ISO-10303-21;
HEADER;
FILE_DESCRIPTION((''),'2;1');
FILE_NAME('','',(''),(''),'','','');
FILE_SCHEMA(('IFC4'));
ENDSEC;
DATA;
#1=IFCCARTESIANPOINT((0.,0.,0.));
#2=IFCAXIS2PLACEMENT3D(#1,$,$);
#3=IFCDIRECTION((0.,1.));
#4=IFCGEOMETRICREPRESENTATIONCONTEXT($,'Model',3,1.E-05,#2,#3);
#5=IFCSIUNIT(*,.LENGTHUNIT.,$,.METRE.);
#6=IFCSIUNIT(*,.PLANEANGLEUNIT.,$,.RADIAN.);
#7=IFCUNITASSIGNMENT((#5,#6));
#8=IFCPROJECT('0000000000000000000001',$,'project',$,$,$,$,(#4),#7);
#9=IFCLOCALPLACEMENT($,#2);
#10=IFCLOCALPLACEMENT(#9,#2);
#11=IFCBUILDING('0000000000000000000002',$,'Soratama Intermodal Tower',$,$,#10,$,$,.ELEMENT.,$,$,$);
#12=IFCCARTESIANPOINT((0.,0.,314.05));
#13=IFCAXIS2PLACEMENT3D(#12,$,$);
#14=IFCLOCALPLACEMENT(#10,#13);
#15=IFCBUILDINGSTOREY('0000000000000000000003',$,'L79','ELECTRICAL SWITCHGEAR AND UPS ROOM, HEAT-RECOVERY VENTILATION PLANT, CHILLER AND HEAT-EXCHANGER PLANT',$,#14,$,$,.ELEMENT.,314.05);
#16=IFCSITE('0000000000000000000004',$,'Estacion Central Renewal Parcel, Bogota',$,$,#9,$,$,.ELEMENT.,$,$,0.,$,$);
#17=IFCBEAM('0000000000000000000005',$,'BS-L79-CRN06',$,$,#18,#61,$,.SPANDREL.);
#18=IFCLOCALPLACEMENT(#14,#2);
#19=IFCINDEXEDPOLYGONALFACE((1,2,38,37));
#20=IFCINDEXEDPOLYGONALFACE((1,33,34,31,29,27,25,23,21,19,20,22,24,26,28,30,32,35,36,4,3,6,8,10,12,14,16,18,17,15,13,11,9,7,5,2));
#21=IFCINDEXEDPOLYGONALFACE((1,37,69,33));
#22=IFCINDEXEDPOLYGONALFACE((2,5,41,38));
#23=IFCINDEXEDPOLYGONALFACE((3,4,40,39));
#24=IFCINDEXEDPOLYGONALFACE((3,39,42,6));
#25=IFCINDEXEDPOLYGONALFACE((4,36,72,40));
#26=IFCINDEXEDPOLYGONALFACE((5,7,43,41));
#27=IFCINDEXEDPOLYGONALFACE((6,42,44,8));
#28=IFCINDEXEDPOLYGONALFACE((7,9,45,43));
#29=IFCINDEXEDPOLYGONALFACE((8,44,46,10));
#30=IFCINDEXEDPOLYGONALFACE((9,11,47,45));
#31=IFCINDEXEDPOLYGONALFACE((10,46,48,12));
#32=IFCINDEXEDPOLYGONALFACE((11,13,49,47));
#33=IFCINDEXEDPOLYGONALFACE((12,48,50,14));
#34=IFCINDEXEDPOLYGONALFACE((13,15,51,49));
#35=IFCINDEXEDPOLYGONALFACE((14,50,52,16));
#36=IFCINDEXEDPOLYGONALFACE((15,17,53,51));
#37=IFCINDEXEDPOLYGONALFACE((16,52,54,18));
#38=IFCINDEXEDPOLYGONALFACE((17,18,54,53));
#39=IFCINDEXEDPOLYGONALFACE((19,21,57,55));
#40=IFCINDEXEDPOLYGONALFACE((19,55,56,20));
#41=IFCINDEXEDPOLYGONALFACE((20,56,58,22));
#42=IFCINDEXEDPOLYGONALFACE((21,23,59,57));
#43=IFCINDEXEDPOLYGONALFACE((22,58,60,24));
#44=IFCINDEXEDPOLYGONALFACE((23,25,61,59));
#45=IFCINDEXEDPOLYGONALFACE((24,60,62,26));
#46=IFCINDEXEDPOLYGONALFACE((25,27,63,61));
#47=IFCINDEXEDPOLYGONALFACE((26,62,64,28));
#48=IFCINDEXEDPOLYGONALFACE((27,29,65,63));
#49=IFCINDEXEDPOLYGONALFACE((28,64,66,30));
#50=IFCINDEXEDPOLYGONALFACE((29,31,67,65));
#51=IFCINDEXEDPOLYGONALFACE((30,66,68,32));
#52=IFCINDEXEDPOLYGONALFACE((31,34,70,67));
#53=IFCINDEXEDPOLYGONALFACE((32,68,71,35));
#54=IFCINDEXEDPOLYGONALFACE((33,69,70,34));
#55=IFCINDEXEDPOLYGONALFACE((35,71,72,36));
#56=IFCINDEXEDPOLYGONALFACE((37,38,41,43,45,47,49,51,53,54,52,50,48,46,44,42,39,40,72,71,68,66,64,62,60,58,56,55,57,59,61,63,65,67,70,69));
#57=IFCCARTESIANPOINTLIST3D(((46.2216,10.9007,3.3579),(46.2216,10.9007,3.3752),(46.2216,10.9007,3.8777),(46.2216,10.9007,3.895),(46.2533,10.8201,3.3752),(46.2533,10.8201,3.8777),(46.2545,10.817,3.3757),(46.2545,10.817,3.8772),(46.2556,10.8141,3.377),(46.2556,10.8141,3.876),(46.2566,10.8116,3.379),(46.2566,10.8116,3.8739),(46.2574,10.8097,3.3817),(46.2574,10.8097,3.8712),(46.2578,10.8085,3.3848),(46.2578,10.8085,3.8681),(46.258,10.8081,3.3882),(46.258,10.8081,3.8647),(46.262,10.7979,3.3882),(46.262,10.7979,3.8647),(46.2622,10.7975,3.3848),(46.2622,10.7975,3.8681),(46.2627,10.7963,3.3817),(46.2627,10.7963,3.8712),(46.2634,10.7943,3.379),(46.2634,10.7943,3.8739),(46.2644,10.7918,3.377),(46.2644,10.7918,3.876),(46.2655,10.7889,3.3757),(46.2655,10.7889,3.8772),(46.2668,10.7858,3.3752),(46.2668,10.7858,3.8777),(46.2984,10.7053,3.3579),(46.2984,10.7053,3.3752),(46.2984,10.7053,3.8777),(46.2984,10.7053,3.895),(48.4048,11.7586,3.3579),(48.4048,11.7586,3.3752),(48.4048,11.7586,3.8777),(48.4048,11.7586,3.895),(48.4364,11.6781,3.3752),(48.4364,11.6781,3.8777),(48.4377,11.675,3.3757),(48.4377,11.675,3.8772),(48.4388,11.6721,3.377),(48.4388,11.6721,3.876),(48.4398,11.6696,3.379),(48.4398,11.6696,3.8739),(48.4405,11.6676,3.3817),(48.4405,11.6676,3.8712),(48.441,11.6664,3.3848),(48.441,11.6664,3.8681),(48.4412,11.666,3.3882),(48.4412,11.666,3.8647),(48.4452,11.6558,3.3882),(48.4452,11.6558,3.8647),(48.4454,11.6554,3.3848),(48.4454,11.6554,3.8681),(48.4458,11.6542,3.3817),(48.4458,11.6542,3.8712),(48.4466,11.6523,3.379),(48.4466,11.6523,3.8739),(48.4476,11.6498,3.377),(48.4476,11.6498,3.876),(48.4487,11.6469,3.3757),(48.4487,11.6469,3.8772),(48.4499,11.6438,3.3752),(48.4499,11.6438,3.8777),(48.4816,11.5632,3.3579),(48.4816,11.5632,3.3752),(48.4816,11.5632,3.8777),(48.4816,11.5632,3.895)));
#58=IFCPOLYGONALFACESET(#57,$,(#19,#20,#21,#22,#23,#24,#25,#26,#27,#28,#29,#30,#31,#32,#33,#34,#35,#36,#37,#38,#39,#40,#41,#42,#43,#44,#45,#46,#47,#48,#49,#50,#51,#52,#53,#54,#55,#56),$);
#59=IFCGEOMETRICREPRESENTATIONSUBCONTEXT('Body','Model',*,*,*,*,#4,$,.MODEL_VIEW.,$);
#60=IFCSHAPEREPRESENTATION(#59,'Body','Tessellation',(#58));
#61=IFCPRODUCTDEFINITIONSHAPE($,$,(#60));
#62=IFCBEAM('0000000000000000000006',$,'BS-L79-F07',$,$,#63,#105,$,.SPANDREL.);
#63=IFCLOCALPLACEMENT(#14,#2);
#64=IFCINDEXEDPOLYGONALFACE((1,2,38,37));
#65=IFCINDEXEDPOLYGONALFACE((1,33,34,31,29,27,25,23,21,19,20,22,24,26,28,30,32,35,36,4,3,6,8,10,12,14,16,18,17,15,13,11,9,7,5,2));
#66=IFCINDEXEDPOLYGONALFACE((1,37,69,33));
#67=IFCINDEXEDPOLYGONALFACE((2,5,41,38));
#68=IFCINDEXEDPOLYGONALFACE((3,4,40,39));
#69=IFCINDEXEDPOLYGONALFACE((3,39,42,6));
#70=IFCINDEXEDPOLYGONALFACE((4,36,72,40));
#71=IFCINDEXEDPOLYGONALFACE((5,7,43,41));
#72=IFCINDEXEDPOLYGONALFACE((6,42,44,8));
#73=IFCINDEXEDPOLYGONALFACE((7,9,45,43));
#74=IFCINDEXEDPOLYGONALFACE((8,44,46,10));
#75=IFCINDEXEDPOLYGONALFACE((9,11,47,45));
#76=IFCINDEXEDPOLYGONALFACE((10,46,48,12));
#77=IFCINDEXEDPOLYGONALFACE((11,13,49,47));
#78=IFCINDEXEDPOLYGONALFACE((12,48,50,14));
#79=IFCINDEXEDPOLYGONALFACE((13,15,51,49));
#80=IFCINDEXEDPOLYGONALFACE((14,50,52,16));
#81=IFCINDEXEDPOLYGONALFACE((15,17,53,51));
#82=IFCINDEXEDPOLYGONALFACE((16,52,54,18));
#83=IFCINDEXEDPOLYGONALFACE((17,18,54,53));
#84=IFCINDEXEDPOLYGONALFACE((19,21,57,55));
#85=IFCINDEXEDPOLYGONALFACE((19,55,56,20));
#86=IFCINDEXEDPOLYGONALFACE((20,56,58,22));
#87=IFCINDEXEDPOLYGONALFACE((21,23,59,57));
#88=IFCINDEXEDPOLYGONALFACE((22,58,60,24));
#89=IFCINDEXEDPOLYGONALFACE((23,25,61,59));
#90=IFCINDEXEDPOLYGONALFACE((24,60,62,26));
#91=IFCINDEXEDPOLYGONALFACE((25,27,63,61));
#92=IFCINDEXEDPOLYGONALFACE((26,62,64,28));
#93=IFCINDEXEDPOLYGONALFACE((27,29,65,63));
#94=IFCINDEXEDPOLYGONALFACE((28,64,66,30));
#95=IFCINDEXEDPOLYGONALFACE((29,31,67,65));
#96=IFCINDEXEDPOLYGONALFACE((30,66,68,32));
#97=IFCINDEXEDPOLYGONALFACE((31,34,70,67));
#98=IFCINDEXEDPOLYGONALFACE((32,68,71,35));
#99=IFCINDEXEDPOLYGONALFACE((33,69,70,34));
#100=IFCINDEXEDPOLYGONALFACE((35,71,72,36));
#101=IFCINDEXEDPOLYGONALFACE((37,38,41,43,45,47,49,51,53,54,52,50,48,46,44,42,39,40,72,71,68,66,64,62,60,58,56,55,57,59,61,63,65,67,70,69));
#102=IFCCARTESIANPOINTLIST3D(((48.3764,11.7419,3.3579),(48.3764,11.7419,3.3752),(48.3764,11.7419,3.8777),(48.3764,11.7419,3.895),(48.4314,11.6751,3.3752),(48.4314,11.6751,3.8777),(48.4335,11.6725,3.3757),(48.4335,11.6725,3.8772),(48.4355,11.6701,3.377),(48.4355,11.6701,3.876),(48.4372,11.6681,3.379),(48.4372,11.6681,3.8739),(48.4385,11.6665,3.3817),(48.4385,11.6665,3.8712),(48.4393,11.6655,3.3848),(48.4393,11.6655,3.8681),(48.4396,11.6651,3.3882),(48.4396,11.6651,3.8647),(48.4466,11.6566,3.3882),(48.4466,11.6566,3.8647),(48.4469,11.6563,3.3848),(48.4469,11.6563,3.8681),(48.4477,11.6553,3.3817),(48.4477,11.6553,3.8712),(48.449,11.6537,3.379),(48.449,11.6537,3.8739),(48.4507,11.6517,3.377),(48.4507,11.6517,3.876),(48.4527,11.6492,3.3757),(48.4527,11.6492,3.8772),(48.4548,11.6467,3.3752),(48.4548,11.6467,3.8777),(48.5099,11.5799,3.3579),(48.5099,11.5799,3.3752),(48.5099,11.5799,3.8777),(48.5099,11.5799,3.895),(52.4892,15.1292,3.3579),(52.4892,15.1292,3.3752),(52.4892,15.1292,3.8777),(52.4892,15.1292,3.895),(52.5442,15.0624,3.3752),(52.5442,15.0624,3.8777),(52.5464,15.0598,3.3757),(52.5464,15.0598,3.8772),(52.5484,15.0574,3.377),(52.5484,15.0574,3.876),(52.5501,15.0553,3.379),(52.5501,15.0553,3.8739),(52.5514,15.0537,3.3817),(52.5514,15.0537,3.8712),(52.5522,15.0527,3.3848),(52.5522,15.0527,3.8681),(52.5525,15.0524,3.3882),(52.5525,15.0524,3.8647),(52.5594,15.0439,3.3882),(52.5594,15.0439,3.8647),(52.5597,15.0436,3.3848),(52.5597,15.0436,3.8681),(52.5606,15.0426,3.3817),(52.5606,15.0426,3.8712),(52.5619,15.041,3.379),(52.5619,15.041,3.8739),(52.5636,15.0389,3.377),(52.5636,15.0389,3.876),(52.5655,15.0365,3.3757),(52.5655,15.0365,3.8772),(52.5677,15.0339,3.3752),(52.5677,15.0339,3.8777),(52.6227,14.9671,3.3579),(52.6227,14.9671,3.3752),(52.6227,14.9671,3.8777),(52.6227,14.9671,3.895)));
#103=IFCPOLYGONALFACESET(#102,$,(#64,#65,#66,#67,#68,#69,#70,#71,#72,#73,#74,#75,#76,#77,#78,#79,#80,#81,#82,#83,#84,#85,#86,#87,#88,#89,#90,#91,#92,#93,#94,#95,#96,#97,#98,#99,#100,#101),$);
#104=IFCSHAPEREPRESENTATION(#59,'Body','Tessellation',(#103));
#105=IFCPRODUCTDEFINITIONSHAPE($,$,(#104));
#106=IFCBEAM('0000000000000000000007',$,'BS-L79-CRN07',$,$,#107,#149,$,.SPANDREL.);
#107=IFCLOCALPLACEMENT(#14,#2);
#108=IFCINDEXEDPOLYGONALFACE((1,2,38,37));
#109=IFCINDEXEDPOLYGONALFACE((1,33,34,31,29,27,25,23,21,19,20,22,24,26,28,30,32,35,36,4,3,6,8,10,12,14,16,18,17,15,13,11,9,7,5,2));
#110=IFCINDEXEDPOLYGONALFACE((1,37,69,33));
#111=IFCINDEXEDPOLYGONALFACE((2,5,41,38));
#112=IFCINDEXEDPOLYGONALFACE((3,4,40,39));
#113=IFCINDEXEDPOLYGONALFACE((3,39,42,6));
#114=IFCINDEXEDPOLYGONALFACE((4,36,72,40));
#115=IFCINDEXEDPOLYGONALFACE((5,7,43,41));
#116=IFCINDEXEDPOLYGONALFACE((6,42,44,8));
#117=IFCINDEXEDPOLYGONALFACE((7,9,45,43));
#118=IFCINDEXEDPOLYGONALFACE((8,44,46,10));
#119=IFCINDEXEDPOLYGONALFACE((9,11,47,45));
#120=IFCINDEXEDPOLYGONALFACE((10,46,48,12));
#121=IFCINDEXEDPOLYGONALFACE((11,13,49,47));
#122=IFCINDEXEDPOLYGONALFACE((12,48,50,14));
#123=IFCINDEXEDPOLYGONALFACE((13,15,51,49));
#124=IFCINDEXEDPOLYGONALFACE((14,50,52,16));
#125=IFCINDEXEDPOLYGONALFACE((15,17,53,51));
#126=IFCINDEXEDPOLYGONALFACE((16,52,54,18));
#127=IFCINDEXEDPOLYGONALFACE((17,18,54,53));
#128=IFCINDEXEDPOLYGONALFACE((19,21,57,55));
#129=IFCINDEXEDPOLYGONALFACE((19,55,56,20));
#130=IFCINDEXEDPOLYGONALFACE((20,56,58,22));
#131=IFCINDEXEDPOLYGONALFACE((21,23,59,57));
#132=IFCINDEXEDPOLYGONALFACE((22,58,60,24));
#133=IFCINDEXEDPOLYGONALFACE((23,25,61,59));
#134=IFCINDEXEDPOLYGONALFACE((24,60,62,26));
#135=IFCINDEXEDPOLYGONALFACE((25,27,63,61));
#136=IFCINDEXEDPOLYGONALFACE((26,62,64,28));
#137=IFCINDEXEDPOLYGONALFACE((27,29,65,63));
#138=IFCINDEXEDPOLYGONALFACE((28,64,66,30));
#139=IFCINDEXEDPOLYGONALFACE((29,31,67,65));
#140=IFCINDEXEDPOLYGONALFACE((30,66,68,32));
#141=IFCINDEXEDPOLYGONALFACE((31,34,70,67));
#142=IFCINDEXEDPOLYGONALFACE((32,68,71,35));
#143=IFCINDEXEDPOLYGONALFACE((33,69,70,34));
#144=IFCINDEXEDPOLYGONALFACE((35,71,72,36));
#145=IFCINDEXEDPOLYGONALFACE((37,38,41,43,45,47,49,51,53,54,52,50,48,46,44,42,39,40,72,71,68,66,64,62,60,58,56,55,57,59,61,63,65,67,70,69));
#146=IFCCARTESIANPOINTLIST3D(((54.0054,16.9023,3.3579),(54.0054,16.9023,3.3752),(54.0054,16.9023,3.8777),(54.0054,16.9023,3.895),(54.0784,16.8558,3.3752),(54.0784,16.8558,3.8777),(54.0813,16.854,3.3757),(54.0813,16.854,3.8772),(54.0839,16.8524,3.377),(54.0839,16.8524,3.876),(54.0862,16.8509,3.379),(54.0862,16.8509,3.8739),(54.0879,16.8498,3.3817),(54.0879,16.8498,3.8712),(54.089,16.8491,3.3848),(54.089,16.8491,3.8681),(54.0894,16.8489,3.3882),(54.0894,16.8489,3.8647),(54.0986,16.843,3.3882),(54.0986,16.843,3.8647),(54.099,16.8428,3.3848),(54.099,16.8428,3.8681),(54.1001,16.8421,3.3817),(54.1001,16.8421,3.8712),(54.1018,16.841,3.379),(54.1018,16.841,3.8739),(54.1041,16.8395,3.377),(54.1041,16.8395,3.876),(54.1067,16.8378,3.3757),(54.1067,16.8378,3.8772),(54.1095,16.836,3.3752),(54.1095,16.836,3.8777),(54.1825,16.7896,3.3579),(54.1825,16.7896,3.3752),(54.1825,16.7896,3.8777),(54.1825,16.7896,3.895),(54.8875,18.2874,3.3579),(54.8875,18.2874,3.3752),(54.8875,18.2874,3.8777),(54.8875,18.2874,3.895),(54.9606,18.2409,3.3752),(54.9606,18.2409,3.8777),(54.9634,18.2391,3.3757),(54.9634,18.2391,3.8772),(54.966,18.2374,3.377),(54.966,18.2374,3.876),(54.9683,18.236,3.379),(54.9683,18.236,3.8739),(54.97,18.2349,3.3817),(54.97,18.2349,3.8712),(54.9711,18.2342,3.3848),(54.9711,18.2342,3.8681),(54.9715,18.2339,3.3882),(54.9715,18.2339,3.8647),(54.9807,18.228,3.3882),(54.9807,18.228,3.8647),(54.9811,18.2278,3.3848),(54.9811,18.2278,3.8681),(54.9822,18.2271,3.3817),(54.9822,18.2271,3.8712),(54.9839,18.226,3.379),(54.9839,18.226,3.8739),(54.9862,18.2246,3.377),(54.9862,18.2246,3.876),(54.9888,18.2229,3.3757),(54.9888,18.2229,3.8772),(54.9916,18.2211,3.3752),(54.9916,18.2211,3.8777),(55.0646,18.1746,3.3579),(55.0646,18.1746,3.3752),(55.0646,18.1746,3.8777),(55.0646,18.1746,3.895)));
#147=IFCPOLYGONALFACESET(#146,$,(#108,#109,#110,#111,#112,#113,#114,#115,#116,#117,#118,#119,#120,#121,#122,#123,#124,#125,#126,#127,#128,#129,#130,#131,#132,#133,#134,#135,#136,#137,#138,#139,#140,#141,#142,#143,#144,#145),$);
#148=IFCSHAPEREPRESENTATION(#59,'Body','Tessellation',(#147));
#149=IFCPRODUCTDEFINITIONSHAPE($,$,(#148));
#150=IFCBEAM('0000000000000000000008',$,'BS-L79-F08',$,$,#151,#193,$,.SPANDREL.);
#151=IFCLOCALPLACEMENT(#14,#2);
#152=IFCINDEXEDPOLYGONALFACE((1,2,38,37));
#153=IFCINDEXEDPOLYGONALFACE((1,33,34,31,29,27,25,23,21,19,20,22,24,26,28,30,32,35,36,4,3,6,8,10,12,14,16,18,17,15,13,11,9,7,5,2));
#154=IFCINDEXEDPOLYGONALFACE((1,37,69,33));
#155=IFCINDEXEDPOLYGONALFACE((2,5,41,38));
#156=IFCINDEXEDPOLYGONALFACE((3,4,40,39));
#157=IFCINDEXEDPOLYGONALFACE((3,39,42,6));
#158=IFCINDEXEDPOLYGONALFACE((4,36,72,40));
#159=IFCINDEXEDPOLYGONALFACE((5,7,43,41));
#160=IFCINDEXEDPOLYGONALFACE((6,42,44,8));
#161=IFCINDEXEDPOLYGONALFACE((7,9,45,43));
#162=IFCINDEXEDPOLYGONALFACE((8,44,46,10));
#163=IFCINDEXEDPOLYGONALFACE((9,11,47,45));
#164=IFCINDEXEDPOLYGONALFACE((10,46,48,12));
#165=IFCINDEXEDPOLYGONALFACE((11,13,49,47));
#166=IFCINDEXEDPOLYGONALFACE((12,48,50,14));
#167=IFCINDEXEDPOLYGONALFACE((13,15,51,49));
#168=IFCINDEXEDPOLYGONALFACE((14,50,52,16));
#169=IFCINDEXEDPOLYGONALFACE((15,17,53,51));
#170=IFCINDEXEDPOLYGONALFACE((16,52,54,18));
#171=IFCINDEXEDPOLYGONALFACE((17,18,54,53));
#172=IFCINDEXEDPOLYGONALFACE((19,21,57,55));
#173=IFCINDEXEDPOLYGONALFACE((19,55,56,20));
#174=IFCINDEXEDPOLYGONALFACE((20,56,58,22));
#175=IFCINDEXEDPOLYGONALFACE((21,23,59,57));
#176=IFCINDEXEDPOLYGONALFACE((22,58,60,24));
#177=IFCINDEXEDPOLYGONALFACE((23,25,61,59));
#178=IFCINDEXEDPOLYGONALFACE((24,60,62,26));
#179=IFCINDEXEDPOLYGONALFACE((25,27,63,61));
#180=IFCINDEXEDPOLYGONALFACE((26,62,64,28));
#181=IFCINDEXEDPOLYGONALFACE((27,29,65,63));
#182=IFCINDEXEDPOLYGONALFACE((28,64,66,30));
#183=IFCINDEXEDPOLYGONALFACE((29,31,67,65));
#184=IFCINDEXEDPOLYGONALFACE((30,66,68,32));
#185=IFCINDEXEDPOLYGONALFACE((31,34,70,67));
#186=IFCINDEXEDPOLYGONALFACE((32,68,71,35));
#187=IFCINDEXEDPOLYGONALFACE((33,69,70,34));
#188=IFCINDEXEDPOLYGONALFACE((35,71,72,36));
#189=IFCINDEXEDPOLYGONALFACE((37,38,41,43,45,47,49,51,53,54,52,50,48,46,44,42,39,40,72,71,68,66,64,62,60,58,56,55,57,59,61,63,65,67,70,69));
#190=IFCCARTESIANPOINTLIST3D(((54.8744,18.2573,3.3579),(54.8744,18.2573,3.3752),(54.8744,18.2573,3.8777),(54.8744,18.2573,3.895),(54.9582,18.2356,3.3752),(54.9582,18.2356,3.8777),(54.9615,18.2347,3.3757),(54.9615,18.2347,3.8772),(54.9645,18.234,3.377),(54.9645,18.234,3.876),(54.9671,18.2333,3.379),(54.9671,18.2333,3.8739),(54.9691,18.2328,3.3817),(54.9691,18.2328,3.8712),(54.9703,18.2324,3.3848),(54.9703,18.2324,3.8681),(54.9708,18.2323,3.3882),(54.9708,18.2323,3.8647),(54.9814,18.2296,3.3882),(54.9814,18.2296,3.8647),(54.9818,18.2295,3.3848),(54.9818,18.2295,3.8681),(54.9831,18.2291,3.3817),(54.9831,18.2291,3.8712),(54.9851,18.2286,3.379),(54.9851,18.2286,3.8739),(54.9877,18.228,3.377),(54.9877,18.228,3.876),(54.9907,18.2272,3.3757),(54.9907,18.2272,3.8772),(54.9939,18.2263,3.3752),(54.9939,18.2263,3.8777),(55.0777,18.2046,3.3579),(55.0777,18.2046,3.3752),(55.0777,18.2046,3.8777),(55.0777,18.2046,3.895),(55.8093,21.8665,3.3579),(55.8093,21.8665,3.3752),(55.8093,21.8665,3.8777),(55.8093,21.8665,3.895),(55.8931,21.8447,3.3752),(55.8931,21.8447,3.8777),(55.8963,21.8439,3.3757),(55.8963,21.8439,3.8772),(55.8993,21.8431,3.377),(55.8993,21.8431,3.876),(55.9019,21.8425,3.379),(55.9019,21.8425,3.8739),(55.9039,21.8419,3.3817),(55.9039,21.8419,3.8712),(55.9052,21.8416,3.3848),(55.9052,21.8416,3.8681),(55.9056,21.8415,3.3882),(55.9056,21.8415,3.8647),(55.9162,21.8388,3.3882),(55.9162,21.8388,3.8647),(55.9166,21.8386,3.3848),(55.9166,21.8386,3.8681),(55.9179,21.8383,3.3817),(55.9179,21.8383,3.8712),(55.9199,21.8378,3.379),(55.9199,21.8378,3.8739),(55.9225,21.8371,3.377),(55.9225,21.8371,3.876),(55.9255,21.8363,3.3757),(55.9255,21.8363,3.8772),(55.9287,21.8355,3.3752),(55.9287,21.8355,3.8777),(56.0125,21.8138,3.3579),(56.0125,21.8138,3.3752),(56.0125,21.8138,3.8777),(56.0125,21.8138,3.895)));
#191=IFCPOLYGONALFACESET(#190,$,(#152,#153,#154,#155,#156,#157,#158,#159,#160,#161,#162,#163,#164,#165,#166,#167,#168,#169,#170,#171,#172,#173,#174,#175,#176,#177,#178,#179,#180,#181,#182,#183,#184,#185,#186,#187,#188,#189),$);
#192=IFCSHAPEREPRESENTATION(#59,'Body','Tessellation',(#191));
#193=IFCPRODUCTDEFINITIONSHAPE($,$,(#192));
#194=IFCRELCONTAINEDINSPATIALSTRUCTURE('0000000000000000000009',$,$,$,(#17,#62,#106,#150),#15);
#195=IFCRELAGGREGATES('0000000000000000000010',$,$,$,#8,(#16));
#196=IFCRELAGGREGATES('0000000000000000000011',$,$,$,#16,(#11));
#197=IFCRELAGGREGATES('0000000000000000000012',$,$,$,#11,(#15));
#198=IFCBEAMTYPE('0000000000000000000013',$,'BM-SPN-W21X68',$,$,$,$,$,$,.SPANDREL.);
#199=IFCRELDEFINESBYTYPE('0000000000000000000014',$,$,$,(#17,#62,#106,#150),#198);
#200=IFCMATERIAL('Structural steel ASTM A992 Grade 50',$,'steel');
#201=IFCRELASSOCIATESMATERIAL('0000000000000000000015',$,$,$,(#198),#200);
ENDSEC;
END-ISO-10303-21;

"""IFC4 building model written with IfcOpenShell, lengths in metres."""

from ifc_helpers import new_model, si_unit, direction, frame, origin, origin_2d, place, context, subcontext, project, spatial, i_section, extrude, material, material_profile, profile_set, type_object, element, save


model = new_model("IFC4")

# Units and contexts
model_context = context("Model", 3, precision=1e-05, world=origin(), true_north=direction((0.0, 1.0)))
body_context = subcontext(model_context, "Body", "Model", "MODEL_VIEW")
ifc_project = project(units=[si_unit("LENGTHUNIT", "METRE"), si_unit("PLANEANGLEUNIT", "RADIAN")], contexts=[model_context])

# Site, building, storey
site_placement = place(None, origin())
site = spatial("IfcSite", under=ifc_project, at=site_placement, Name="Estacion Central Renewal Parcel, Bogota", CompositionType="ELEMENT", RefElevation=0.0)
building_placement = place(site_placement, origin())
building = spatial("IfcBuilding", under=site, at=building_placement, Name="Soratama Intermodal Tower", CompositionType="ELEMENT")
storey_placement = place(building_placement, frame((0.0, 0.0, 314.05)))
storey = spatial("IfcBuildingStorey", under=building, at=storey_placement, Name="L79", Description="ELECTRICAL SWITCHGEAR AND UPS ROOM, HEAT-RECOVERY VENTILATION PLANT, CHILLER AND HEAT-EXCHANGER PLANT", CompositionType="ELEMENT", Elevation=314.05)

# Beams
ifc_material_1 = material(Name="Structural steel ASTM A992 Grade 50", Category="steel")
ifc_material_profile_1 = material_profile(ifc_material_1, i_section(OverallWidth=0.21, OverallDepth=0.5371, WebThickness=0.011, FlangeThickness=0.0173, FilletRadius=0.0129, at=origin_2d()), Name="W21X68")
ifc_profile_set_1 = profile_set([ifc_material_profile_1], Name="Structural steel ASTM A992 Grade 50")
beam_type_1 = type_object("IfcBeamType", Name="BM-SPN-W21X68", PredefinedType="SPANDREL", material=ifc_profile_set_1)
beam_1_placement = place(storey_placement, frame((46.26, 10.803, 3.6265), z_axis=(0.930714, 0.365749, 0.0), x_axis=(-0.365749, 0.930714, 0.0)))
element("IfcBeam", 1, at=beam_1_placement, inside=storey, type_object=beam_type_1, Name="BS-L79-CRN06", PredefinedType="SPANDREL", context=body_context, shape_type="SweptSolid", body=[
    extrude(i_section(OverallWidth=0.21, OverallDepth=0.5371, WebThickness=0.011, FlangeThickness=0.0173, FilletRadius=0.0129, at=origin_2d()), origin(), (0.0, 0.0, 1.0), 2.3457),
])
beam_2_placement = place(storey_placement, frame((48.4431, 11.6609, 3.6265), z_axis=(0.771912, 0.63573, 0.0), x_axis=(-0.63573, 0.771912, 0.0)))
element("IfcBeam", 2, at=beam_2_placement, inside=storey, type_object=beam_type_1, Name="BS-L79-F07", PredefinedType="SPANDREL", context=body_context, shape_type="SweptSolid", body=[
    extrude(i_section(OverallWidth=0.21, OverallDepth=0.5371, WebThickness=0.011, FlangeThickness=0.0173, FilletRadius=0.0129, at=origin_2d()), origin(), (0.0, 0.0, 1.0), 5.3281),
])
beam_3_placement = place(storey_placement, frame((54.094, 16.8459, 3.6265), z_axis=(0.537183, 0.843466, 0.0), x_axis=(-0.843466, 0.537183, 0.0)))
element("IfcBeam", 3, at=beam_3_placement, inside=storey, type_object=beam_type_1, Name="BS-L79-CRN07", PredefinedType="SPANDREL", context=body_context, shape_type="SweptSolid", body=[
    extrude(i_section(OverallWidth=0.21, OverallDepth=0.5371, WebThickness=0.011, FlangeThickness=0.0173, FilletRadius=0.0129, at=origin_2d()), origin(), (0.0, 0.0, 1.0), 1.6421),
])
beam_4_placement = place(storey_placement, frame((54.9761, 18.231, 3.6265), z_axis=(0.250739, 0.968055, 0.0), x_axis=(-0.968055, 0.250739, 0.0)))
element("IfcBeam", 4, at=beam_4_placement, inside=storey, type_object=beam_type_1, Name="BS-L79-F08", PredefinedType="SPANDREL", context=body_context, shape_type="SweptSolid", body=[
    extrude(i_section(OverallWidth=0.21, OverallDepth=0.5371, WebThickness=0.011, FlangeThickness=0.0173, FilletRadius=0.0129, at=origin_2d()), origin(), (0.0, 0.0, 1.0), 3.7283),
])

save(model, "model.ifc")
